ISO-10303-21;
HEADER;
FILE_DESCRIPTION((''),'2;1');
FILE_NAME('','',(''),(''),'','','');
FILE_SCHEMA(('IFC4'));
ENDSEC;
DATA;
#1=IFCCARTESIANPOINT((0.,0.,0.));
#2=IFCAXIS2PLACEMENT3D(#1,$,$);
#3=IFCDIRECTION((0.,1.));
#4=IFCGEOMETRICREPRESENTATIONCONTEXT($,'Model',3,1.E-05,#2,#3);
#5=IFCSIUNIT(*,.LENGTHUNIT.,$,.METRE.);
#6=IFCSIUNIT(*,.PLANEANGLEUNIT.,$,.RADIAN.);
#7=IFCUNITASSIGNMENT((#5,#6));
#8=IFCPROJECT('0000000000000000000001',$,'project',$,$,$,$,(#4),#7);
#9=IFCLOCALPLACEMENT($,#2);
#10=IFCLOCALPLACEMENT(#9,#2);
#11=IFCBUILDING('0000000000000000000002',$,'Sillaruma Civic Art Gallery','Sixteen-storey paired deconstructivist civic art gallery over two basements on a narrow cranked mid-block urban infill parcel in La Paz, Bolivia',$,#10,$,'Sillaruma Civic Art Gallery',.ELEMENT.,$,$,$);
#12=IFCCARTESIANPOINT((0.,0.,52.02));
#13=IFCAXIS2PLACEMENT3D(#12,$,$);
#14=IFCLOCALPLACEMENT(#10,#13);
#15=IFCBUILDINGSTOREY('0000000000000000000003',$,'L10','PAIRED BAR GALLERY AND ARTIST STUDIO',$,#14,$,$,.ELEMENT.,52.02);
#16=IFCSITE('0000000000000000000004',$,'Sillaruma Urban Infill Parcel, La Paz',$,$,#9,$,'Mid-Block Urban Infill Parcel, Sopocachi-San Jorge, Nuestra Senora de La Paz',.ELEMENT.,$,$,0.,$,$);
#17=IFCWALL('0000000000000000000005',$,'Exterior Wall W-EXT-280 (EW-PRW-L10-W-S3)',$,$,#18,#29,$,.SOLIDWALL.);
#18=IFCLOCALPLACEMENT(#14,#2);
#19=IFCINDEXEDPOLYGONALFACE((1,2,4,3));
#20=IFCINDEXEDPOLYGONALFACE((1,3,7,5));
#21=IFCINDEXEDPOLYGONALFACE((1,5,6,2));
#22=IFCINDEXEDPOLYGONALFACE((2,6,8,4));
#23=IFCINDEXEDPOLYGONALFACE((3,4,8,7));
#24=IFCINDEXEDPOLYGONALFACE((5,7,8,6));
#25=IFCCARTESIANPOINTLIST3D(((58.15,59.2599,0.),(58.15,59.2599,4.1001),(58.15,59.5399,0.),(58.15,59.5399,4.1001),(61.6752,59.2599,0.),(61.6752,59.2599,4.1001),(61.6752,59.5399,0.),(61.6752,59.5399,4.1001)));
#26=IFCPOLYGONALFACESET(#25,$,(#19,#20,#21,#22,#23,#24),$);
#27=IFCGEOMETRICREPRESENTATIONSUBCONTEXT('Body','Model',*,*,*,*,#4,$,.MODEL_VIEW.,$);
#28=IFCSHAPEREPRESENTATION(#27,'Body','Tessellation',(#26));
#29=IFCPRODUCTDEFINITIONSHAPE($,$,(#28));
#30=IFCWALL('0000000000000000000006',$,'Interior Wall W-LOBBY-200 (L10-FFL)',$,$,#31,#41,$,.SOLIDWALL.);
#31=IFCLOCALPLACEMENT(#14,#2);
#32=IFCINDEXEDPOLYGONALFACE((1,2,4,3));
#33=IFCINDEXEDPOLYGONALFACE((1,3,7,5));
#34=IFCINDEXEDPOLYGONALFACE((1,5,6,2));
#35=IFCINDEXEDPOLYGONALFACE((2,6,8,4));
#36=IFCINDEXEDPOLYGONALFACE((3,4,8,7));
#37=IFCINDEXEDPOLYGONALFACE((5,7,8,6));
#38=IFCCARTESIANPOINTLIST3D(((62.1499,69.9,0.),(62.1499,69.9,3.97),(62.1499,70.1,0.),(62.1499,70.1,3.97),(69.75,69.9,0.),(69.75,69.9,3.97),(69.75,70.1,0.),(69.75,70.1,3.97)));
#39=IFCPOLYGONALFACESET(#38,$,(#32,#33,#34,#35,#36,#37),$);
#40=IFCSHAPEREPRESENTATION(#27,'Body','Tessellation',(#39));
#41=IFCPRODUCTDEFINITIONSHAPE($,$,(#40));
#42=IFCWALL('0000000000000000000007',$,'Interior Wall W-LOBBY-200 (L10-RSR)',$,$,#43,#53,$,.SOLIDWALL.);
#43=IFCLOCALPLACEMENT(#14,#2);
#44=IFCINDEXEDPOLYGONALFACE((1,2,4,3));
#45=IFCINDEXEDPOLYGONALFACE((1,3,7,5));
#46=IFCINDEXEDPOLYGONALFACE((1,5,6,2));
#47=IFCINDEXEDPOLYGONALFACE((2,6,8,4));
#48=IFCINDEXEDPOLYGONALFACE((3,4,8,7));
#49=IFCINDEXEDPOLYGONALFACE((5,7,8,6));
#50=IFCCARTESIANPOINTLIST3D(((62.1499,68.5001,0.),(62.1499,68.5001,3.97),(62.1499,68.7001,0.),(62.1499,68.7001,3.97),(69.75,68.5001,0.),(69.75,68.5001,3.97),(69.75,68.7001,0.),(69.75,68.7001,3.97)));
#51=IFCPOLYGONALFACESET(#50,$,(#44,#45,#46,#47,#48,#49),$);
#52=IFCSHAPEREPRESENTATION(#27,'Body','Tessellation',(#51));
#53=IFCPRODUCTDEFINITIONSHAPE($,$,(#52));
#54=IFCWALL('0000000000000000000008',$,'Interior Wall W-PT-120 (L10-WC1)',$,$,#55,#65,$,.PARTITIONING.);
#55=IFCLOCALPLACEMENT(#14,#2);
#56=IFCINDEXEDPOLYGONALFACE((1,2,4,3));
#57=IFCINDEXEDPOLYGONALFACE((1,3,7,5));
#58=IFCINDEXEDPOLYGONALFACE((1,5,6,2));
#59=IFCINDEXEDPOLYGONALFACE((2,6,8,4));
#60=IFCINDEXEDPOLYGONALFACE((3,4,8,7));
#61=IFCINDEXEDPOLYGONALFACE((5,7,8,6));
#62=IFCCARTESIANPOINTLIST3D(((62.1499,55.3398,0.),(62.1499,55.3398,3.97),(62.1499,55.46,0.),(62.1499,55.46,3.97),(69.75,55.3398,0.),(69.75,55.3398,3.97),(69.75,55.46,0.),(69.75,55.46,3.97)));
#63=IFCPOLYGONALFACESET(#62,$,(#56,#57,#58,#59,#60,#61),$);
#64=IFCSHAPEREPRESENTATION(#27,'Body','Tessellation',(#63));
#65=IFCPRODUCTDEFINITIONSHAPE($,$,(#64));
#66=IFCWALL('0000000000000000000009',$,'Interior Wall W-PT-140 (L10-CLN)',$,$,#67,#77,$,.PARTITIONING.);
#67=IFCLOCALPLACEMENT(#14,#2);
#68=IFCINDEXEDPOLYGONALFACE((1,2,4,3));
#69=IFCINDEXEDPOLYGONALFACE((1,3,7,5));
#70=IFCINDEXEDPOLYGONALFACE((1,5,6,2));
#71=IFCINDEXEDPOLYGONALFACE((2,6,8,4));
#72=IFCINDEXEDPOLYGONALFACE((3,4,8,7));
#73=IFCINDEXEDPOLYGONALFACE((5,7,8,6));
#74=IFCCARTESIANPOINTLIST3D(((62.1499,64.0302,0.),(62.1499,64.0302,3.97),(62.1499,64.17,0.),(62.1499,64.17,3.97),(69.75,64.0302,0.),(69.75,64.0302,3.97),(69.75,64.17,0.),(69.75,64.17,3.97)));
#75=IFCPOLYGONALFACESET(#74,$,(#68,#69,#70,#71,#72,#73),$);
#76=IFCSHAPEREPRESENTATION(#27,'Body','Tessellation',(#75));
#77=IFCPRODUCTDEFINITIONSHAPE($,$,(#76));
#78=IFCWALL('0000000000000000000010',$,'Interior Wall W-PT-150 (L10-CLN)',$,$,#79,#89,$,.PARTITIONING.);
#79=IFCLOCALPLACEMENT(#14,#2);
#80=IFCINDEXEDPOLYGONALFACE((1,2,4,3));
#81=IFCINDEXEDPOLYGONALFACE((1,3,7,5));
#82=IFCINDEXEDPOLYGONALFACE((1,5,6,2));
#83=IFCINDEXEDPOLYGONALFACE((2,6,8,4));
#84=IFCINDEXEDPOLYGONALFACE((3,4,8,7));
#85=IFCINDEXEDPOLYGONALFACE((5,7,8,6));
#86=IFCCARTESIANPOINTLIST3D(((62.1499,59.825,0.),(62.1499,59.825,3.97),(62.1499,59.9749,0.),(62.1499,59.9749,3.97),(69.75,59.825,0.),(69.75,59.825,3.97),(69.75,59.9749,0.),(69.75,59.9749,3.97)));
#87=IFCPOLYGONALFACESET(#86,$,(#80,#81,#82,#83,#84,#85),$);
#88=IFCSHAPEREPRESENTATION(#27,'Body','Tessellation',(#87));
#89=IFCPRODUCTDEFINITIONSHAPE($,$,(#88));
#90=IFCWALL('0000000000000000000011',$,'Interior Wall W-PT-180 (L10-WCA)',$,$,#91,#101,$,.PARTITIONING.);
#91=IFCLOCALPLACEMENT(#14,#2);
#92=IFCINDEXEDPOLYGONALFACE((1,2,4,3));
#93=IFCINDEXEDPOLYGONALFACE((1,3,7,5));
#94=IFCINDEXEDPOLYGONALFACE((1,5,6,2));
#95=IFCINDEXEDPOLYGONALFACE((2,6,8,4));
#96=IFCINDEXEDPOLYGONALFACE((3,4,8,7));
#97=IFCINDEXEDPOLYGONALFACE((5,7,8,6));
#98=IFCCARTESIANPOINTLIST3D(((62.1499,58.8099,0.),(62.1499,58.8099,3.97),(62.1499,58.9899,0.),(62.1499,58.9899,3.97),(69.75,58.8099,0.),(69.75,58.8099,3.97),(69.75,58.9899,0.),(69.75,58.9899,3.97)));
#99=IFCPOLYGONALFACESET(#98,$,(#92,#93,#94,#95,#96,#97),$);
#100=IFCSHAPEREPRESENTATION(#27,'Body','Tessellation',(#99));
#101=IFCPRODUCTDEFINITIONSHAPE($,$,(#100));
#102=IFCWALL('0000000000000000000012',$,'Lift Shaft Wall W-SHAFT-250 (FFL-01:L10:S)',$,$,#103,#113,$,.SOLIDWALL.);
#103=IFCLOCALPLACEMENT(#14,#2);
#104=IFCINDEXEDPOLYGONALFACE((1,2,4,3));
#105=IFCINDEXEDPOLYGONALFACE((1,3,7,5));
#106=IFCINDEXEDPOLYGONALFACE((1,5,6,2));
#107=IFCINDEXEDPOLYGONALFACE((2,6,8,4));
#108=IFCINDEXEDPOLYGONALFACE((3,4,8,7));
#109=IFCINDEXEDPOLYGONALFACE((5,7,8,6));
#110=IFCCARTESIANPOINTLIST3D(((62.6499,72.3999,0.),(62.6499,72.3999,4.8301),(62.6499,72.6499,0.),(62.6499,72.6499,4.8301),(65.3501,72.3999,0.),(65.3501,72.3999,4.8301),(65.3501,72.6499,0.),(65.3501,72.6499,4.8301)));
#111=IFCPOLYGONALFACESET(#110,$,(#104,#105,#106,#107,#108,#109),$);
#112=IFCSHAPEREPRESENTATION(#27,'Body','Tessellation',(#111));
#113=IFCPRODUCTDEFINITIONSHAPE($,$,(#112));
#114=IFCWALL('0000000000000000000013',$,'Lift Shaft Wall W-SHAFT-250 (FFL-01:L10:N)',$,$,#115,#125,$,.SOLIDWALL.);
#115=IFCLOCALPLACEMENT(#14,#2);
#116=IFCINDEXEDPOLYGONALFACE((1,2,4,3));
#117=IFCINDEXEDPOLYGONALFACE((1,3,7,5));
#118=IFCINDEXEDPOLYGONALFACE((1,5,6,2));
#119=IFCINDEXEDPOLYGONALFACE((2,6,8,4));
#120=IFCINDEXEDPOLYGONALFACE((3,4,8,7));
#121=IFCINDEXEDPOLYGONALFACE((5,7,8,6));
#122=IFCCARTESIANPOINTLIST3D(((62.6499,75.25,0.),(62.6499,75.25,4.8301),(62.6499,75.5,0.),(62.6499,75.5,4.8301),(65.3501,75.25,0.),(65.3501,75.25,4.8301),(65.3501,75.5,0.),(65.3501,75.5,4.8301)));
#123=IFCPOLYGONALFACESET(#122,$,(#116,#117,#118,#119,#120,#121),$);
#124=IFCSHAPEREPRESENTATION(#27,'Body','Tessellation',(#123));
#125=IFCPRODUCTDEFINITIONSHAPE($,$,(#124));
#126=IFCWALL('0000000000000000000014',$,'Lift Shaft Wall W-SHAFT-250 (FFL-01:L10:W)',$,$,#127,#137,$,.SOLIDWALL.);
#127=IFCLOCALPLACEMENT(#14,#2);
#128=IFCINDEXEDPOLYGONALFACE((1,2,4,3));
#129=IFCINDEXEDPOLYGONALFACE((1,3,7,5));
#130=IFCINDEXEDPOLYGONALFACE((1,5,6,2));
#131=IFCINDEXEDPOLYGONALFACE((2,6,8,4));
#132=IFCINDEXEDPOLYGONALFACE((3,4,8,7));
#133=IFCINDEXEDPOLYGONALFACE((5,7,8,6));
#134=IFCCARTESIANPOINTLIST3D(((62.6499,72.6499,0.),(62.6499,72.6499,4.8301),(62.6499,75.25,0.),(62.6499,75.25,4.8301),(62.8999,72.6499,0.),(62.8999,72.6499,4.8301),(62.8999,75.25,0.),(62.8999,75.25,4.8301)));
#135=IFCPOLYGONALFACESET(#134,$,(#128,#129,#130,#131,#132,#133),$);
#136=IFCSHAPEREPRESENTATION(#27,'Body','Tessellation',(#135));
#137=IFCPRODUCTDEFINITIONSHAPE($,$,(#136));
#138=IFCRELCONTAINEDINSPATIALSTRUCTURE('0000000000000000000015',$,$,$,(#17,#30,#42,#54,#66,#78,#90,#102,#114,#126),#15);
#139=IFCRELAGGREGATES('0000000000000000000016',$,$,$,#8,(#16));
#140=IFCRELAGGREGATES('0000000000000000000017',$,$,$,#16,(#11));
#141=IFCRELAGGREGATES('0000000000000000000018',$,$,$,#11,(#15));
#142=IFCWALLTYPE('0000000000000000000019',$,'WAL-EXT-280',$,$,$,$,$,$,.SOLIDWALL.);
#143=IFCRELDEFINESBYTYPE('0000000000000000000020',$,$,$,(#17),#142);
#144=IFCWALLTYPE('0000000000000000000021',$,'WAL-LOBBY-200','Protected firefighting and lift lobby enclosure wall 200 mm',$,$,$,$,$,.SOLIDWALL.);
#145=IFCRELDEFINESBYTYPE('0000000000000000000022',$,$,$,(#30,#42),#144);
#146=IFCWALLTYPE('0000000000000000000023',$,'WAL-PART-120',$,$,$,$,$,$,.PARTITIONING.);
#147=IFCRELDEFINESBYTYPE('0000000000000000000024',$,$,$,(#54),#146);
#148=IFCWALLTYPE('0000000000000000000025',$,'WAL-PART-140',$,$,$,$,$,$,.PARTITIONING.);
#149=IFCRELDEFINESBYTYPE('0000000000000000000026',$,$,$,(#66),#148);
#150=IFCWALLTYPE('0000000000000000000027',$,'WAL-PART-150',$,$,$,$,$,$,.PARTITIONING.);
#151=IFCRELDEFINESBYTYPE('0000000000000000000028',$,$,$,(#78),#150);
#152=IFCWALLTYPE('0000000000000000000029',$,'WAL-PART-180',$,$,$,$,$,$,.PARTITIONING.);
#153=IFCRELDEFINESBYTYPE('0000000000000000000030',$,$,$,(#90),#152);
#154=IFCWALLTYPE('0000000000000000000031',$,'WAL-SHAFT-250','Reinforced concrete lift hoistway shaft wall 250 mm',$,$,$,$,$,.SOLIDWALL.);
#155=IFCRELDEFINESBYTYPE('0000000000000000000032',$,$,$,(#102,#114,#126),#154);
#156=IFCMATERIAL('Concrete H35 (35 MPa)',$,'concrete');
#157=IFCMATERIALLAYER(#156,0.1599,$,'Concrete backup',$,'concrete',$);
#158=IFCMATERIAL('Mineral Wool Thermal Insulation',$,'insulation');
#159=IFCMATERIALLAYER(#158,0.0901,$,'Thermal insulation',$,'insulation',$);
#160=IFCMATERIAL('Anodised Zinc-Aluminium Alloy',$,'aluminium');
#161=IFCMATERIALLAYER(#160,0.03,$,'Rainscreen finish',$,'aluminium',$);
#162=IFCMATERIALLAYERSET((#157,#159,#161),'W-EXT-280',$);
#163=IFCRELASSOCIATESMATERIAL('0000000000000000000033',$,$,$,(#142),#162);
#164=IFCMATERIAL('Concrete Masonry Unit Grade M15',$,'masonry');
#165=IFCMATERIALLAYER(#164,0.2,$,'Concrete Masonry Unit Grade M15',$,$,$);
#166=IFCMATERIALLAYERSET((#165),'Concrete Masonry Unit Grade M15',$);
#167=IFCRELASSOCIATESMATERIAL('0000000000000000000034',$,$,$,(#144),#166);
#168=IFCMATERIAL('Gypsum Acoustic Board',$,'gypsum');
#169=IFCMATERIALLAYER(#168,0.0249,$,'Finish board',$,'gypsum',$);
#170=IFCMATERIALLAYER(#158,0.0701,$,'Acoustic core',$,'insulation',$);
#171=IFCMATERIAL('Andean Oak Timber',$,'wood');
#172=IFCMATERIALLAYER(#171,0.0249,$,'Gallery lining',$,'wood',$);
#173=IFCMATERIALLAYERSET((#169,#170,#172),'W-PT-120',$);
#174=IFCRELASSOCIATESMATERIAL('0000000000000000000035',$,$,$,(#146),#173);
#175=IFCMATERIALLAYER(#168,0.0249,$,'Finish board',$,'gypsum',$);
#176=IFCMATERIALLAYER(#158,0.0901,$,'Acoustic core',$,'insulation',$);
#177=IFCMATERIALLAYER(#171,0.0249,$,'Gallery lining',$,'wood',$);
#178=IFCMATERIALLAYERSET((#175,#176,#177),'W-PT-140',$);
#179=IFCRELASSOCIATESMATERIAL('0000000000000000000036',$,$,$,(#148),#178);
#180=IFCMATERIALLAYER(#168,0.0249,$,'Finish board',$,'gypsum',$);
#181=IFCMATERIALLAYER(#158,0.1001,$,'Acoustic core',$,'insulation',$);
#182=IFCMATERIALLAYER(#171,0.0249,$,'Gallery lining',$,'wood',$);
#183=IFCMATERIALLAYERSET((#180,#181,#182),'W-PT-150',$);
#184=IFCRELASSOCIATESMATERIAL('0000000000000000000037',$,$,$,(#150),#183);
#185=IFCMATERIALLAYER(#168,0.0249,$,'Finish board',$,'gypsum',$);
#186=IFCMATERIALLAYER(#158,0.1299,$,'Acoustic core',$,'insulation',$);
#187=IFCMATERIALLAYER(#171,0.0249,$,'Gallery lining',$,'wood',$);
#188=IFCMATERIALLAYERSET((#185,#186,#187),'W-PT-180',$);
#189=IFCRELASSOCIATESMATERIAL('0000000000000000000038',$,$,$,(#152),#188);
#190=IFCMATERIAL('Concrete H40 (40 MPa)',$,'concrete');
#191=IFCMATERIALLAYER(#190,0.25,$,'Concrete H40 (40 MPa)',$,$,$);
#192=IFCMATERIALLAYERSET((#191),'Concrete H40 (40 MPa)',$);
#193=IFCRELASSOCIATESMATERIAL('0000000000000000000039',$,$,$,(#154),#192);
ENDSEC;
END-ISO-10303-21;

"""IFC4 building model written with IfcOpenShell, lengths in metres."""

from ifc_helpers import new_model, si_unit, direction, frame, frame_2d, origin, place, context, subcontext, project, spatial, rectangle, extrude, material, layer, layer_set, type_object, element, save


model = new_model("IFC4")

# Units and contexts
model_context = context("Model", 3, precision=1e-05, world=origin(), true_north=direction((0.0, 1.0)))
body_context = subcontext(model_context, "Body", "Model", "MODEL_VIEW")
ifc_project = project(units=[si_unit("LENGTHUNIT", "METRE"), si_unit("PLANEANGLEUNIT", "RADIAN")], contexts=[model_context])

# Site, building, storey
site_placement = place(None, origin())
site = spatial("IfcSite", under=ifc_project, at=site_placement, Name="Sillaruma Urban Infill Parcel, La Paz", LongName="Mid-Block Urban Infill Parcel, Sopocachi-San Jorge, Nuestra Senora de La Paz", CompositionType="ELEMENT", RefElevation=0.0)
building_placement = place(site_placement, origin())
building = spatial("IfcBuilding", under=site, at=building_placement, Name="Sillaruma Civic Art Gallery", Description="Sixteen-storey paired deconstructivist civic art gallery over two basements on a narrow cranked mid-block urban infill parcel in La Paz, Bolivia", LongName="Sillaruma Civic Art Gallery", CompositionType="ELEMENT")
storey_placement = place(building_placement, frame((0.0, 0.0, 52.02)))
storey = spatial("IfcBuildingStorey", under=building, at=storey_placement, Name="L10", Description="PAIRED BAR GALLERY AND ARTIST STUDIO", CompositionType="ELEMENT", Elevation=52.02)

# Shared definitions
ifc_material_1 = material(Name="Concrete H40 (40 MPa)", Category="concrete")

# Shared definitions
ifc_material_2 = material(Name="Concrete H35 (35 MPa)", Category="concrete")

# Shared definitions
ifc_material_3 = material(Name="Anodised Zinc-Aluminium Alloy", Category="aluminium")

# Walls
ifc_layer_1 = layer(ifc_material_2, 0.1599, Name="Concrete backup", Category="concrete")
ifc_material_4 = material(Name="Mineral Wool Thermal Insulation", Category="insulation")
ifc_layer_2 = layer(ifc_material_4, 0.0901, Name="Thermal insulation", Category="insulation")
ifc_layer_3 = layer(ifc_material_3, 0.03, Name="Rainscreen finish", Category="aluminium")
ifc_layer_set_1 = layer_set([ifc_layer_1, ifc_layer_2, ifc_layer_3], Name="W-EXT-280")
wall_type_1 = type_object("IfcWallType", Name="WAL-EXT-280", PredefinedType="SOLIDWALL", material=ifc_layer_set_1)
wall_1_placement = place(storey_placement, frame((58.1499, 59.3999, 0.0), z_axis=(0.0, 0.0, 1.0), x_axis=(1.0, 0.0, 0.0)))
element("IfcWall", 1, at=wall_1_placement, inside=storey, type_object=wall_type_1, Name="Exterior Wall W-EXT-280 (EW-PRW-L10-W-S3)", PredefinedType="SOLIDWALL", context=body_context, shape_type="SweptSolid", body=[
    extrude(rectangle(XDim=3.5251, YDim=0.28, at=frame_2d((1.7627, 0.0))), origin(), (0.0, 0.0, 1.0), 4.1001),
])
ifc_material_5 = material(Name="Concrete Masonry Unit Grade M15", Category="masonry")
ifc_layer_4 = layer(ifc_material_5, 0.2, Name="Concrete Masonry Unit Grade M15")
ifc_layer_set_2 = layer_set([ifc_layer_4], Name="Concrete Masonry Unit Grade M15")
wall_type_2 = type_object("IfcWallType", Name="WAL-LOBBY-200", Description="Protected firefighting and lift lobby enclosure wall 200 mm", PredefinedType="SOLIDWALL", material=ifc_layer_set_2)
for number, where, z_axis, x_axis, name in (
    (2, (62.1499, 70.0, 0.0), (0.0, 0.0, 1.0), (1.0, 0.0, 0.0), "Interior Wall W-LOBBY-200 (L10-FFL)"),
    (3, (62.1499, 68.6001, 0.0), (0.0, 0.0, 1.0), (1.0, 0.0, 0.0), "Interior Wall W-LOBBY-200 (L10-RSR)"),
):
    element("IfcWall", number, at=place(storey_placement, frame(where, z_axis=z_axis, x_axis=x_axis)), inside=storey, type_object=wall_type_2, Name=name, PredefinedType="SOLIDWALL", context=body_context, shape_type="SweptSolid", body=[
        extrude(rectangle(XDim=7.6001, YDim=0.2, at=frame_2d((3.8, 0.0))), origin(), (0.0, 0.0, 1.0), 3.97),
    ])
ifc_material_6 = material(Name="Gypsum Acoustic Board", Category="gypsum")
ifc_layer_5 = layer(ifc_material_6, 0.0249, Name="Finish board", Category="gypsum")
ifc_layer_6 = layer(ifc_material_4, 0.0701, Name="Acoustic core", Category="insulation")
ifc_material_7 = material(Name="Andean Oak Timber", Category="wood")
ifc_layer_7 = layer(ifc_material_7, 0.0249, Name="Gallery lining", Category="wood")
ifc_layer_set_3 = layer_set([ifc_layer_5, ifc_layer_6, ifc_layer_7], Name="W-PT-120")
wall_type_3 = type_object("IfcWallType", Name="WAL-PART-120", PredefinedType="PARTITIONING", material=ifc_layer_set_3)
wall_2_placement = place(storey_placement, frame((62.1499, 55.3999, 0.0), z_axis=(0.0, 0.0, 1.0), x_axis=(1.0, 0.0, 0.0)))
element("IfcWall", 4, at=wall_2_placement, inside=storey, type_object=wall_type_3, Name="Interior Wall W-PT-120 (L10-WC1)", PredefinedType="PARTITIONING", context=body_context, shape_type="SweptSolid", body=[
    extrude(rectangle(XDim=7.6001, YDim=0.1201, at=frame_2d((3.8, 0.0))), origin(), (0.0, 0.0, 1.0), 3.97),
])
ifc_layer_8 = layer(ifc_material_6, 0.0249, Name="Finish board", Category="gypsum")
ifc_layer_9 = layer(ifc_material_4, 0.0901, Name="Acoustic core", Category="insulation")
ifc_layer_10 = layer(ifc_material_7, 0.0249, Name="Gallery lining", Category="wood")
ifc_layer_set_4 = layer_set([ifc_layer_8, ifc_layer_9, ifc_layer_10], Name="W-PT-140")
wall_type_4 = type_object("IfcWallType", Name="WAL-PART-140", PredefinedType="PARTITIONING", material=ifc_layer_set_4)
wall_3_placement = place(storey_placement, frame((62.1499, 64.1001, 0.0), z_axis=(0.0, 0.0, 1.0), x_axis=(1.0, 0.0, 0.0)))
element("IfcWall", 5, at=wall_3_placement, inside=storey, type_object=wall_type_4, Name="Interior Wall W-PT-140 (L10-CLN)", PredefinedType="PARTITIONING", context=body_context, shape_type="SweptSolid", body=[
    extrude(rectangle(XDim=7.6001, YDim=0.1399, at=frame_2d((3.8, 0.0))), origin(), (0.0, 0.0, 1.0), 3.97),
])
ifc_layer_11 = layer(ifc_material_6, 0.0249, Name="Finish board", Category="gypsum")
ifc_layer_12 = layer(ifc_material_4, 0.1001, Name="Acoustic core", Category="insulation")
ifc_layer_13 = layer(ifc_material_7, 0.0249, Name="Gallery lining", Category="wood")
ifc_layer_set_5 = layer_set([ifc_layer_11, ifc_layer_12, ifc_layer_13], Name="W-PT-150")
wall_type_5 = type_object("IfcWallType", Name="WAL-PART-150", PredefinedType="PARTITIONING", material=ifc_layer_set_5)
wall_4_placement = place(storey_placement, frame((62.1499, 59.8999, 0.0), z_axis=(0.0, 0.0, 1.0), x_axis=(1.0, 0.0, 0.0)))
element("IfcWall", 6, at=wall_4_placement, inside=storey, type_object=wall_type_5, Name="Interior Wall W-PT-150 (L10-CLN)", PredefinedType="PARTITIONING", context=body_context, shape_type="SweptSolid", body=[
    extrude(rectangle(XDim=7.6001, YDim=0.1499, at=frame_2d((3.8, 0.0))), origin(), (0.0, 0.0, 1.0), 3.97),
])
ifc_layer_14 = layer(ifc_material_6, 0.0249, Name="Finish board", Category="gypsum")
ifc_layer_15 = layer(ifc_material_4, 0.1299, Name="Acoustic core", Category="insulation")
ifc_layer_16 = layer(ifc_material_7, 0.0249, Name="Gallery lining", Category="wood")
ifc_layer_set_6 = layer_set([ifc_layer_14, ifc_layer_15, ifc_layer_16], Name="W-PT-180")
wall_type_6 = type_object("IfcWallType", Name="WAL-PART-180", PredefinedType="PARTITIONING", material=ifc_layer_set_6)
wall_5_placement = place(storey_placement, frame((62.1499, 58.8999, 0.0), z_axis=(0.0, 0.0, 1.0), x_axis=(1.0, 0.0, 0.0)))
element("IfcWall", 7, at=wall_5_placement, inside=storey, type_object=wall_type_6, Name="Interior Wall W-PT-180 (L10-WCA)", PredefinedType="PARTITIONING", context=body_context, shape_type="SweptSolid", body=[
    extrude(rectangle(XDim=7.6001, YDim=0.1799, at=frame_2d((3.8, 0.0))), origin(), (0.0, 0.0, 1.0), 3.97),
])
ifc_layer_17 = layer(ifc_material_1, 0.25, Name="Concrete H40 (40 MPa)")
ifc_layer_set_7 = layer_set([ifc_layer_17], Name="Concrete H40 (40 MPa)")
wall_type_7 = type_object("IfcWallType", Name="WAL-SHAFT-250", Description="Reinforced concrete lift hoistway shaft wall 250 mm", PredefinedType="SOLIDWALL", material=ifc_layer_set_7)
for number, where, z_axis, x_axis, name in (
    (8, (62.6499, 72.5249, 0.0), (0.0, 0.0, 1.0), (1.0, 0.0, 0.0), "Lift Shaft Wall W-SHAFT-250 (FFL-01:L10:S)"),
    (9, (62.6499, 75.375, 0.0), (0.0, 0.0, 1.0), (1.0, 0.0, 0.0), "Lift Shaft Wall W-SHAFT-250 (FFL-01:L10:N)"),
):
    element("IfcWall", number, at=place(storey_placement, frame(where, z_axis=z_axis, x_axis=x_axis)), inside=storey, type_object=wall_type_7, Name=name, PredefinedType="SOLIDWALL", context=body_context, shape_type="SweptSolid", body=[
        extrude(rectangle(XDim=2.7002, YDim=0.25, at=frame_2d((1.3501, 0.0))), origin(), (0.0, 0.0, 1.0), 4.8301),
    ])
wall_6_placement = place(storey_placement, frame((62.7749, 72.6499, 0.0), z_axis=(0.0, 0.0, 1.0), x_axis=(0.0, 1.0, 0.0)))
element("IfcWall", 10, at=wall_6_placement, inside=storey, type_object=wall_type_7, Name="Lift Shaft Wall W-SHAFT-250 (FFL-01:L10:W)", PredefinedType="SOLIDWALL", context=body_context, shape_type="SweptSolid", body=[
    extrude(rectangle(XDim=2.6001, YDim=0.25, at=frame_2d((1.3, 0.0))), origin(), (0.0, 0.0, 1.0), 4.8301),
])

save(model, "model.ifc")
